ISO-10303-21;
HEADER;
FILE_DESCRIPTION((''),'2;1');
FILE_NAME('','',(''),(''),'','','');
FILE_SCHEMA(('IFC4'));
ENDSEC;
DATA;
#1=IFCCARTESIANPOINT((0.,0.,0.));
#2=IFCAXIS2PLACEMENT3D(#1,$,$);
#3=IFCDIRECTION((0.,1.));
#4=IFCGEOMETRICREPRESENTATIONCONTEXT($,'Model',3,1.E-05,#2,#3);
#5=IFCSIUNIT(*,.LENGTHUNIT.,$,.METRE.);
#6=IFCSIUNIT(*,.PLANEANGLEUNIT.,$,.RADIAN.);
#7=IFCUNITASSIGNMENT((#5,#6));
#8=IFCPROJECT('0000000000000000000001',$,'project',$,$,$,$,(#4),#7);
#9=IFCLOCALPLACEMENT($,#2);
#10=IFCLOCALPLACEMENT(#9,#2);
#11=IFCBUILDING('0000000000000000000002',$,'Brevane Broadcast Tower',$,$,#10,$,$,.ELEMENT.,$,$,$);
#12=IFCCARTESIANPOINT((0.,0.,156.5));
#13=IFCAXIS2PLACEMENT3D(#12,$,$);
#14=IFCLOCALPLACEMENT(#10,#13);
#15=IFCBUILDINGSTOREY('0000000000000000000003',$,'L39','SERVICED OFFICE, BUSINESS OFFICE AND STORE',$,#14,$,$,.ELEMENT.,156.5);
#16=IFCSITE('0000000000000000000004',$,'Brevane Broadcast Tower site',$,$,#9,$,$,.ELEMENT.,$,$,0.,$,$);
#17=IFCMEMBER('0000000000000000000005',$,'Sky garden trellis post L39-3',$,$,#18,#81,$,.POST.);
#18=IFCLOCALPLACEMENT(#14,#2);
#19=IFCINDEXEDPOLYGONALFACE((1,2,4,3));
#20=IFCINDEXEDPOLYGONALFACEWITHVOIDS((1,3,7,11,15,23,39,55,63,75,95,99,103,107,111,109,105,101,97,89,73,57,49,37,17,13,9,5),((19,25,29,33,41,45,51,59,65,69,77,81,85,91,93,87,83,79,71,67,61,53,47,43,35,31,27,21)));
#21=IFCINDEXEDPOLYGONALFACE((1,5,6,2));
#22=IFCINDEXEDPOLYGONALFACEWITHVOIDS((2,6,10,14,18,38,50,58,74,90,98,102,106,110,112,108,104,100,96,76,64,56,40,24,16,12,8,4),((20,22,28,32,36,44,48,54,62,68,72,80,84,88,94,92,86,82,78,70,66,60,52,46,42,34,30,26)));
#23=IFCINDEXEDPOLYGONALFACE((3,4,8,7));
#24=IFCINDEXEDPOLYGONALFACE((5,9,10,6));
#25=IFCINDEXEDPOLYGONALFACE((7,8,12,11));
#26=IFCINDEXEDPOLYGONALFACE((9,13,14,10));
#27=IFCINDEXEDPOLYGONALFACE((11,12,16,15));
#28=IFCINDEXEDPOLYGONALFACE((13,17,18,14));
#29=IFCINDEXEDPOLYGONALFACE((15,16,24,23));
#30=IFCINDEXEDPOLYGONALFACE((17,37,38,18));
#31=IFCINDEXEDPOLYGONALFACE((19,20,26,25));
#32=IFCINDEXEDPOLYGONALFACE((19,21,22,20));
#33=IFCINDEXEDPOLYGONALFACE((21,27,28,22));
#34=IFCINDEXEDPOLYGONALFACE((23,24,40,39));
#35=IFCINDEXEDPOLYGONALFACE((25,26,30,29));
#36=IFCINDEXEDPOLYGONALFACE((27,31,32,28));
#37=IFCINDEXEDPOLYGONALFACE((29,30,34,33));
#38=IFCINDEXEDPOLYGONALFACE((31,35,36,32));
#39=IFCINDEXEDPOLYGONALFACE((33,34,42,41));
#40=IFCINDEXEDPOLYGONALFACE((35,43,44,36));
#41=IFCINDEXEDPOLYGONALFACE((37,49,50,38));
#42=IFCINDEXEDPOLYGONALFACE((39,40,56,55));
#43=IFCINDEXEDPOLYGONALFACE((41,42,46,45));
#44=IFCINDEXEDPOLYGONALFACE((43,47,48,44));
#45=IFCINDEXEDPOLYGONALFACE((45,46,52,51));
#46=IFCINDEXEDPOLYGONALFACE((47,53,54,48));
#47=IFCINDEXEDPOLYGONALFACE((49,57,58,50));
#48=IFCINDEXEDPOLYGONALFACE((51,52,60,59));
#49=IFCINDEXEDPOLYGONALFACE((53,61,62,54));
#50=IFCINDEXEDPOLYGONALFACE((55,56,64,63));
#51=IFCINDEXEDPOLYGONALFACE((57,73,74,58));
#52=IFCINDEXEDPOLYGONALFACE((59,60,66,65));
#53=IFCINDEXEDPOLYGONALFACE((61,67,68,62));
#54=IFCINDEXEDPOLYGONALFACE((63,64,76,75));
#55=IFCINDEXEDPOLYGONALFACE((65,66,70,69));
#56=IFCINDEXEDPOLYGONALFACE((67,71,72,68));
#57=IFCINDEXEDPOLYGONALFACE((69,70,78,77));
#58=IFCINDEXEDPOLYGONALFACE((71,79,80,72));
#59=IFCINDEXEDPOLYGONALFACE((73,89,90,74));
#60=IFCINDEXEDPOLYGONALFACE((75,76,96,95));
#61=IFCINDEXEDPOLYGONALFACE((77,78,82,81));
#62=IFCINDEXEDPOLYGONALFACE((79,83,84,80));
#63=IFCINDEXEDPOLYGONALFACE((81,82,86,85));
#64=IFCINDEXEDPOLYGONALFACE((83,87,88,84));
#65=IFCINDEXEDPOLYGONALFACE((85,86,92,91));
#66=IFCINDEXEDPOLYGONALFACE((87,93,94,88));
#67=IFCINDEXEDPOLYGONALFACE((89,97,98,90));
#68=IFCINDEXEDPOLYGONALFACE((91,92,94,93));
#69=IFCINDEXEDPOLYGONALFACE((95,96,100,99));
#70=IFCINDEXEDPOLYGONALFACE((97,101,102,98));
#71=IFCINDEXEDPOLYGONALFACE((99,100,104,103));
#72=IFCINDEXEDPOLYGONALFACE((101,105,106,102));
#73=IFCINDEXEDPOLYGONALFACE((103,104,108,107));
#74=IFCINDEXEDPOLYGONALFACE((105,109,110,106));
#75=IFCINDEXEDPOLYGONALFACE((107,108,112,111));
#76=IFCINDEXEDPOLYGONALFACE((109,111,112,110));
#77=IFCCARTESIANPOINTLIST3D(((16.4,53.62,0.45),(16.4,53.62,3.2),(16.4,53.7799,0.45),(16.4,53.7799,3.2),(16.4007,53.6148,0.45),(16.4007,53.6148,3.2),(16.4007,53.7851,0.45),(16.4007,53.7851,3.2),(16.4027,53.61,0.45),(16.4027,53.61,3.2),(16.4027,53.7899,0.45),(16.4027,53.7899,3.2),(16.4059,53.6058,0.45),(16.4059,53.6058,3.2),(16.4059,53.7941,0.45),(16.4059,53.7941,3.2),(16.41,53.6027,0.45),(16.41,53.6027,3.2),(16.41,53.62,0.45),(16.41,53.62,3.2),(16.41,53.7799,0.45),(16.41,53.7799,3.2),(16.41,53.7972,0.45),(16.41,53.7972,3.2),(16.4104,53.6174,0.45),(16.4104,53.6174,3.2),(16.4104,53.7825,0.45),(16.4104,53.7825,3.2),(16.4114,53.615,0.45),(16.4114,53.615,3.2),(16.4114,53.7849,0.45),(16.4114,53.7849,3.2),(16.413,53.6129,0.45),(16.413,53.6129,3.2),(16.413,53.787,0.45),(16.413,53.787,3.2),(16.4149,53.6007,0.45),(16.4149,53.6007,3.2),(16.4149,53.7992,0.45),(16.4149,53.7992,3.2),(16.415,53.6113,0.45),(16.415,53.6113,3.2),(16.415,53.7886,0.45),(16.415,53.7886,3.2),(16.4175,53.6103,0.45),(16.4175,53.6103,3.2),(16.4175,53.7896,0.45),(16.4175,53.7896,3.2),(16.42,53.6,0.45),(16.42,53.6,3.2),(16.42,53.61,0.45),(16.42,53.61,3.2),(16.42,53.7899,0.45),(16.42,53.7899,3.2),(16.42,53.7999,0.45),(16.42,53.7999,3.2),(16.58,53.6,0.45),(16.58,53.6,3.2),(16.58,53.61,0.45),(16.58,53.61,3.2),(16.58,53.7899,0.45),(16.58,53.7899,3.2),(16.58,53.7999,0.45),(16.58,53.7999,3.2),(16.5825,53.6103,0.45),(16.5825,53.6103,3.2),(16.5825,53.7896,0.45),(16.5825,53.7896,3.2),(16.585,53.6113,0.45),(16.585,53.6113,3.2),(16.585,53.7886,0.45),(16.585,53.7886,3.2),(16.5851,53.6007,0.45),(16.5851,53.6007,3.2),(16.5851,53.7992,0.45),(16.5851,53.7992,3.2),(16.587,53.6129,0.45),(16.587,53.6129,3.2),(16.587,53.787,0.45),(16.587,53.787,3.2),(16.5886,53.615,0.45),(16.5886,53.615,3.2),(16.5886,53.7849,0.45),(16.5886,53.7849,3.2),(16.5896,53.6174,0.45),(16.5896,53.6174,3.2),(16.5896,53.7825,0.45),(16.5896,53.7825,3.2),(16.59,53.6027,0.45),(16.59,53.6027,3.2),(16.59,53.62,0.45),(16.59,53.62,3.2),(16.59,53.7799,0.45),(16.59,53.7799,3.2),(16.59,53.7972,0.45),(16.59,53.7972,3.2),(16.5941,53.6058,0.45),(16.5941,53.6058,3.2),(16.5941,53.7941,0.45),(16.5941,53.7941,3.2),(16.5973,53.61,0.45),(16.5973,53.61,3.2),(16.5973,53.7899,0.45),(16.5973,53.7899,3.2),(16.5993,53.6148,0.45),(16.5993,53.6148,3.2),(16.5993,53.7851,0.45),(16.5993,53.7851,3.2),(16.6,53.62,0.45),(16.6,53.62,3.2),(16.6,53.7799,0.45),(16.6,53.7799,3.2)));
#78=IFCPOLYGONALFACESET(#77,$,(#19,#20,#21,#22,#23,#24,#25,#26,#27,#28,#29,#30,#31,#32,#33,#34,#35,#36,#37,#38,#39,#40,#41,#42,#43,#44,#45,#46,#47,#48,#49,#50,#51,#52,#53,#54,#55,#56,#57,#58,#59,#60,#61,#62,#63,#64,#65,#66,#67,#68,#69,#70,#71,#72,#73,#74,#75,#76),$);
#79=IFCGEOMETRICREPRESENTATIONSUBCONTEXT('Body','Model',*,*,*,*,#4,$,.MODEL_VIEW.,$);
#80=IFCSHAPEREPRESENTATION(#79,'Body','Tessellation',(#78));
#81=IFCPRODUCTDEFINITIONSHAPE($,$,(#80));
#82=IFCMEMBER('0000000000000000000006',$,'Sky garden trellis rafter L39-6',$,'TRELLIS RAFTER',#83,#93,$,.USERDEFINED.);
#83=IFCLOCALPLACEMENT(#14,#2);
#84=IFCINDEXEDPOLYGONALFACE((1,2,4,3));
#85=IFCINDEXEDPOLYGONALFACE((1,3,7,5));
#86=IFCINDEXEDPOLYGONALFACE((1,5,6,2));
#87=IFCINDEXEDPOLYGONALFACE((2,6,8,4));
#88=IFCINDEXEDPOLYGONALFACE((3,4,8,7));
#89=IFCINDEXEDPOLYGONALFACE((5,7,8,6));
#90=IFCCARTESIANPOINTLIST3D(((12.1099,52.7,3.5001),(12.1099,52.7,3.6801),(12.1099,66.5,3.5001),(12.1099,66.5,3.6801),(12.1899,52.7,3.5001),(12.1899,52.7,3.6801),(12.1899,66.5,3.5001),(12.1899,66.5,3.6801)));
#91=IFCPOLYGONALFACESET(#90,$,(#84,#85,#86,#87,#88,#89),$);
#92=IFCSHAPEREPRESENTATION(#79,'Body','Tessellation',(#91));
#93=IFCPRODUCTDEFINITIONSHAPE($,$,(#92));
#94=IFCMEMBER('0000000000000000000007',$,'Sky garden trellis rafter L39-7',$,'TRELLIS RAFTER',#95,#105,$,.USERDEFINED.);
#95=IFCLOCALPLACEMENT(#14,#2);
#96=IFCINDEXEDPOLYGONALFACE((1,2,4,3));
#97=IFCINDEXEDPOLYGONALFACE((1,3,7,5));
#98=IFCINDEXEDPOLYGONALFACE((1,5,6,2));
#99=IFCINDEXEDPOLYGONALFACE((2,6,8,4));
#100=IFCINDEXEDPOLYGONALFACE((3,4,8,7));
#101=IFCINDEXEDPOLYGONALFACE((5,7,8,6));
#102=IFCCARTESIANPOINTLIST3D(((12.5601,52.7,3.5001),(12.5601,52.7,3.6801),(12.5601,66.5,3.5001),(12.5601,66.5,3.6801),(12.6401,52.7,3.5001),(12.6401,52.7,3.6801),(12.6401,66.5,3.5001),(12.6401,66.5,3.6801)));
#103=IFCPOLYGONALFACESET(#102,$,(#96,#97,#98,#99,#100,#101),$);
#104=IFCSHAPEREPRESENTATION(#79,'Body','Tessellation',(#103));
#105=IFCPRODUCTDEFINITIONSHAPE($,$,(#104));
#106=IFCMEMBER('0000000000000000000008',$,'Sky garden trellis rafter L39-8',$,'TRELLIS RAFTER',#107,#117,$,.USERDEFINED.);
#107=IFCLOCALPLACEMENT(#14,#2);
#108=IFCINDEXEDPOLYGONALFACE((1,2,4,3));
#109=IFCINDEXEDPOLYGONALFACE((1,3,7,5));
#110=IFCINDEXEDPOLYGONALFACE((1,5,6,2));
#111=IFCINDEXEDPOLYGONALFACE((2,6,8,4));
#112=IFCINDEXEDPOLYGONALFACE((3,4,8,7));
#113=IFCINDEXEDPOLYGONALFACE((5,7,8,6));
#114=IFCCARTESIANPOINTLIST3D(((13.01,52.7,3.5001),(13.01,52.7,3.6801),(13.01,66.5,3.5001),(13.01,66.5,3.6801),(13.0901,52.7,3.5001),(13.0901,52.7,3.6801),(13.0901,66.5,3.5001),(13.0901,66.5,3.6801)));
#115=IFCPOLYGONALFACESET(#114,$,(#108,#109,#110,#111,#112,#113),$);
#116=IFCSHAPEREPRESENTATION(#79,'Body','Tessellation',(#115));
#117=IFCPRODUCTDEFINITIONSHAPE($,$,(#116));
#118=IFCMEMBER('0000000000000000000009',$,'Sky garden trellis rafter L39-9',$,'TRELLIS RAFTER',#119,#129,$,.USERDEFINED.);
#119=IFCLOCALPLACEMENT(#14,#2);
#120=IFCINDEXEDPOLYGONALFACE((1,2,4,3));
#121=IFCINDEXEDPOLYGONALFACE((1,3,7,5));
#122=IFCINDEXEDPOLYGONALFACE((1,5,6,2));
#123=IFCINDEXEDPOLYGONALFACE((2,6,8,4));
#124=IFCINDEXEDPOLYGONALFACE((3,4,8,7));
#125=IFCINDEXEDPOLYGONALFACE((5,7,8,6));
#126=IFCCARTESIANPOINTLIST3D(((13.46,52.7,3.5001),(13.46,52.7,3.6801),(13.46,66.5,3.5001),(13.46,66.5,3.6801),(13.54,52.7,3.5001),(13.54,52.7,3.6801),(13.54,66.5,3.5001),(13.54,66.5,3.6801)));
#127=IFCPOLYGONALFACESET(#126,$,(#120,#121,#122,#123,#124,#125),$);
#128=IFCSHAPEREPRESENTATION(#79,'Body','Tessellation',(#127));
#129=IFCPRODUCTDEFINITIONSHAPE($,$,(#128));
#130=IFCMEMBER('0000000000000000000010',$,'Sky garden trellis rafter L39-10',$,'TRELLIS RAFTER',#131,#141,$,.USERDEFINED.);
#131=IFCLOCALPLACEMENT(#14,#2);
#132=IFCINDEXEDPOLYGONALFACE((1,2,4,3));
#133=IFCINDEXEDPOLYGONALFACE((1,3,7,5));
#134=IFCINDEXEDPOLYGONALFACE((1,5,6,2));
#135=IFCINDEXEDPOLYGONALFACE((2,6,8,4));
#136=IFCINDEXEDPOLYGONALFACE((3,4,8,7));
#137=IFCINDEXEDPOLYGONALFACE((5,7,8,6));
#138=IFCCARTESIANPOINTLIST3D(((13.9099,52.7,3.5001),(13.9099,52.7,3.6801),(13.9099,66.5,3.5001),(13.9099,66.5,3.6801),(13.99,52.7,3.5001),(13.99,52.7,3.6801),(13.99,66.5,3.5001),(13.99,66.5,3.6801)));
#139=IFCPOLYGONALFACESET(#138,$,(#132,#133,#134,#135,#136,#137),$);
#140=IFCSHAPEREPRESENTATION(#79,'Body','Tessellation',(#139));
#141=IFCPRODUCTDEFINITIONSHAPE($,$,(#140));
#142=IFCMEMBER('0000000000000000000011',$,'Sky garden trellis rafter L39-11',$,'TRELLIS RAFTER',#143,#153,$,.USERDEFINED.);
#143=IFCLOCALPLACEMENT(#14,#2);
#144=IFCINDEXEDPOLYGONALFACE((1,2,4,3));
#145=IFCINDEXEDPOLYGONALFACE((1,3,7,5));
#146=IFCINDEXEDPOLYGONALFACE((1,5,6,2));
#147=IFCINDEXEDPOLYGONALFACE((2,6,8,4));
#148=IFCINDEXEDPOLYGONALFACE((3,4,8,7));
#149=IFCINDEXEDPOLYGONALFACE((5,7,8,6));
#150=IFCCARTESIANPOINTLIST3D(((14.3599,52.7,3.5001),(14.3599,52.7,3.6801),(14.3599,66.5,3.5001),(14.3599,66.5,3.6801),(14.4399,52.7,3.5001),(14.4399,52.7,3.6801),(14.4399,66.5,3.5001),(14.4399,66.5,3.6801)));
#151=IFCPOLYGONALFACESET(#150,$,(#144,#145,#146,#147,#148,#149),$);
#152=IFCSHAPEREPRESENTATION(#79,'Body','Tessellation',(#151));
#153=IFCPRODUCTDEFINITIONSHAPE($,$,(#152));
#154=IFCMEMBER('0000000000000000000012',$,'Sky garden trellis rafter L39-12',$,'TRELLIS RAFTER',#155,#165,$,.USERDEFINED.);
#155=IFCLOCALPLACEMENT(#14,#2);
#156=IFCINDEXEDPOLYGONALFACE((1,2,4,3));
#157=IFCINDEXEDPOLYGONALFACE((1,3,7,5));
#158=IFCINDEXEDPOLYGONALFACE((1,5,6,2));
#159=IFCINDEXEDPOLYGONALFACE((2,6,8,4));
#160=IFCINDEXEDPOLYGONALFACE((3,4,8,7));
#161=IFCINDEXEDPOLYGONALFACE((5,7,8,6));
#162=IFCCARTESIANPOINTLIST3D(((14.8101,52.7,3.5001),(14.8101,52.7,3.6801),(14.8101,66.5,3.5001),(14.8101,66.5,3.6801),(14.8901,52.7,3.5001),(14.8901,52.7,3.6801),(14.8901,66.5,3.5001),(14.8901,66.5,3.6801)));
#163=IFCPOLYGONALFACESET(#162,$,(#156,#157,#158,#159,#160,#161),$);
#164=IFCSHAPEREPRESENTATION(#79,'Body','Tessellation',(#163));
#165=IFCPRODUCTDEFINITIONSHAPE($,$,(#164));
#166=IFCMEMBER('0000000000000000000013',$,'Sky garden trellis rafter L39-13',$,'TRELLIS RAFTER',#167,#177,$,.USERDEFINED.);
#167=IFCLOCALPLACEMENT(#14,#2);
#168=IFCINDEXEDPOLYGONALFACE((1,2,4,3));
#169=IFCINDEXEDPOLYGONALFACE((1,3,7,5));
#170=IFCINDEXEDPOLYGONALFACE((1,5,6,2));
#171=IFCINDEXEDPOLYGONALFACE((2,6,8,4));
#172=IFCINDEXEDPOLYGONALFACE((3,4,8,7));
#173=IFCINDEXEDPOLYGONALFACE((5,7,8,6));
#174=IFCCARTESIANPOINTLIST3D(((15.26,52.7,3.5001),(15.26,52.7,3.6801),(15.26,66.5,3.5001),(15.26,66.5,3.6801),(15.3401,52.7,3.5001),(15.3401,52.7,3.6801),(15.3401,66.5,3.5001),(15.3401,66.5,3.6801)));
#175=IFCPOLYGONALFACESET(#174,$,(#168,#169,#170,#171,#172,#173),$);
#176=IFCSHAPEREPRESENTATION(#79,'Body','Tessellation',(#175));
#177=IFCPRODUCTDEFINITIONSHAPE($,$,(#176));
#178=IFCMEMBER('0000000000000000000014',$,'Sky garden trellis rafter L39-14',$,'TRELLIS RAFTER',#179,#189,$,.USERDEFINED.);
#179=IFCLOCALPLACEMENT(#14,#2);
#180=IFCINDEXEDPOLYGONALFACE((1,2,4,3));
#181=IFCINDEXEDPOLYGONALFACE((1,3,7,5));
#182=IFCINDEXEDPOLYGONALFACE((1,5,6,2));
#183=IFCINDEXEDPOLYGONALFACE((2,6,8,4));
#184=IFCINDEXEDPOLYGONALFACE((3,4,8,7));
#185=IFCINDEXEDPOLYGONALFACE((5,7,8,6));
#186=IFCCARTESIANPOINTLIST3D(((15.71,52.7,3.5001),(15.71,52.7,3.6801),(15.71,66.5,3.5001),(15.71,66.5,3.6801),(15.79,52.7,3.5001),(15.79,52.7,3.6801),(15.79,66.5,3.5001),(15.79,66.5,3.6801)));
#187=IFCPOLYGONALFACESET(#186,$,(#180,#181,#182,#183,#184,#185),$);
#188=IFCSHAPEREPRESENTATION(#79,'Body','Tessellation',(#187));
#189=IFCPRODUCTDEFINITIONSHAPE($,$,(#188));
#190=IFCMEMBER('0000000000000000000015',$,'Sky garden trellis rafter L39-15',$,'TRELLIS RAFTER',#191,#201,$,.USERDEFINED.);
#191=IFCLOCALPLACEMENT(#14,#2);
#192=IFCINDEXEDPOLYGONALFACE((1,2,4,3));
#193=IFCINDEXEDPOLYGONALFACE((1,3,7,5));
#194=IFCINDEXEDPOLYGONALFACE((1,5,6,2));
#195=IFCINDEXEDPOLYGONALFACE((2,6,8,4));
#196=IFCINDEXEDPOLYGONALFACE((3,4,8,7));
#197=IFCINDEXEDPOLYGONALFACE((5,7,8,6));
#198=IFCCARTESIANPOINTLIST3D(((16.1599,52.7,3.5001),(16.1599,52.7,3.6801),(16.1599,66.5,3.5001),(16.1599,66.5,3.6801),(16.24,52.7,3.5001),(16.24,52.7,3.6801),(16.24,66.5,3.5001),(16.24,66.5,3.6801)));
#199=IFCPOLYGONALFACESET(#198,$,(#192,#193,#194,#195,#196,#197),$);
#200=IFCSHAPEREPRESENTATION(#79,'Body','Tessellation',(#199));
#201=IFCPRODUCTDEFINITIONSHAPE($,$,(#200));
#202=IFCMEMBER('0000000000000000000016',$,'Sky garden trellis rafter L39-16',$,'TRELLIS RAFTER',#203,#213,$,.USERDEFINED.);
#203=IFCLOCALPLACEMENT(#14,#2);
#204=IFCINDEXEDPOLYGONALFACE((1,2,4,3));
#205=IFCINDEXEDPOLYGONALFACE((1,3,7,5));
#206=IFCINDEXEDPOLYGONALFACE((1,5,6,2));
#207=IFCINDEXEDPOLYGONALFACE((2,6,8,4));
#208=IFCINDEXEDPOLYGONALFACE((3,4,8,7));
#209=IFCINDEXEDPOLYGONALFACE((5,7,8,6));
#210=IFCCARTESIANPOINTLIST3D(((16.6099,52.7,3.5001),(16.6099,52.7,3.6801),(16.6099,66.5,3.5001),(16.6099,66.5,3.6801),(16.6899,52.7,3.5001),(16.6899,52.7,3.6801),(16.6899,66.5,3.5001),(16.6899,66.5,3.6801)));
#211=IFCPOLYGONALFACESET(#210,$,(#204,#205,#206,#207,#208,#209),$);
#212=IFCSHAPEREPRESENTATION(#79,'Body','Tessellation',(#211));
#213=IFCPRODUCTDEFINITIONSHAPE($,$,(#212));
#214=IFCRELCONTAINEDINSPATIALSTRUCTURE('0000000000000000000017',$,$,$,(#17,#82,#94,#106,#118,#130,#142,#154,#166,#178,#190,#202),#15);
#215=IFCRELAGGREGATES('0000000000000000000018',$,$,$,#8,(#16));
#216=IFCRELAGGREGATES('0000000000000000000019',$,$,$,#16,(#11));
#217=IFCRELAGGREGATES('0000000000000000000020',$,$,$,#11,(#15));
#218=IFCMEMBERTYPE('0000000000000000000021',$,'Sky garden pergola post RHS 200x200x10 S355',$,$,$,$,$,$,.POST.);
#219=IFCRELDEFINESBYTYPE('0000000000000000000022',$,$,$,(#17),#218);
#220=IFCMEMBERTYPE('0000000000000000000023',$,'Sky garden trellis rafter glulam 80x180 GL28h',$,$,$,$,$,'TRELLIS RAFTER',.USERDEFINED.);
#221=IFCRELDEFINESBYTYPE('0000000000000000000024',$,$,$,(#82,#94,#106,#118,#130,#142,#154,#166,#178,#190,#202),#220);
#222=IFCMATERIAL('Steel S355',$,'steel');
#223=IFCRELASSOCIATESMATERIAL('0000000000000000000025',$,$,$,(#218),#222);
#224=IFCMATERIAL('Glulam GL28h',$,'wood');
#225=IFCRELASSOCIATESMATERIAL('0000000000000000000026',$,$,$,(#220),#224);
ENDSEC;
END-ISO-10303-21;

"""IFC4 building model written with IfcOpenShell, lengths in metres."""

from ifc_helpers import new_model, si_unit, direction, frame, origin, origin_2d, place, context, subcontext, project, spatial, rectangle, hollow_rectangle, extrude, material, material_profile, profile_set, type_object, element, save


model = new_model("IFC4")

# Units and contexts
model_context = context("Model", 3, precision=1e-05, world=origin(), true_north=direction((0.0, 1.0)))
body_context = subcontext(model_context, "Body", "Model", "MODEL_VIEW")
ifc_project = project(units=[si_unit("LENGTHUNIT", "METRE"), si_unit("PLANEANGLEUNIT", "RADIAN")], contexts=[model_context])

# Site, building, storey
site_placement = place(None, origin())
site = spatial("IfcSite", under=ifc_project, at=site_placement, Name="Brevane Broadcast Tower site", CompositionType="ELEMENT", RefElevation=0.0)
building_placement = place(site_placement, origin())
building = spatial("IfcBuilding", under=site, at=building_placement, Name="Brevane Broadcast Tower", CompositionType="ELEMENT")
storey_placement = place(building_placement, frame((0.0, 0.0, 156.5)))
storey = spatial("IfcBuildingStorey", under=building, at=storey_placement, Name="L39", Description="SERVICED OFFICE, BUSINESS OFFICE AND STORE", CompositionType="ELEMENT", Elevation=156.5)

# Members
ifc_material_1 = material(Name="Steel S355", Category="steel")
ifc_material_profile_1 = material_profile(ifc_material_1, hollow_rectangle(XDim=0.2, YDim=0.2, WallThickness=0.01, InnerFilletRadius=0.01, OuterFilletRadius=0.02, at=origin_2d()), Name="RHS 200x200x10")
ifc_profile_set_1 = profile_set([ifc_material_profile_1], Name="Steel S355")
member_type_1 = type_object("IfcMemberType", Name="Sky garden pergola post RHS 200x200x10 S355", PredefinedType="POST", material=ifc_profile_set_1)
for number, where, z_axis, x_axis, name in (
    (1, (16.5, 53.7, 0.45), (0.0, 0.0, 1.0), (1.0, 0.0, 0.0), "Sky garden trellis post L39-3"),
):
    element("IfcMember", number, at=place(storey_placement, frame(where, z_axis=z_axis, x_axis=x_axis)), inside=storey, type_object=member_type_1, Name=name, PredefinedType="POST", context=body_context, shape_type="SweptSolid", body=[
        extrude(hollow_rectangle(XDim=0.2, YDim=0.2, WallThickness=0.01, InnerFilletRadius=0.01, OuterFilletRadius=0.02, at=origin_2d()), origin(), (0.0, 0.0, 1.0), 2.75),
    ])
ifc_material_2 = material(Name="Glulam GL28h", Category="wood")
ifc_material_profile_2 = material_profile(ifc_material_2, rectangle(XDim=0.0801, YDim=0.1799, at=origin_2d()), Name="RECT 80x180")
ifc_profile_set_2 = profile_set([ifc_material_profile_2], Name="Glulam GL28h")
member_type_2 = type_object("IfcMemberType", Name="Sky garden trellis rafter glulam 80x180 GL28h", ElementType="TRELLIS RAFTER", PredefinedType="USERDEFINED", material=ifc_profile_set_2)
for number, where, z_axis, x_axis, name in (
    (2, (12.1499, 52.7, 3.5901), (0.0, 1.0, 0.0), (-1.0, 0.0, 0.0), "Sky garden trellis rafter L39-6"),
    (3, (12.6001, 52.7, 3.5901), (0.0, 1.0, 0.0), (-1.0, 0.0, 0.0), "Sky garden trellis rafter L39-7"),
    (4, (13.05, 52.7, 3.5901), (0.0, 1.0, 0.0), (-1.0, 0.0, 0.0), "Sky garden trellis rafter L39-8"),
    (5, (13.5, 52.7, 3.5901), (0.0, 1.0, 0.0), (-1.0, 0.0, 0.0), "Sky garden trellis rafter L39-9"),
    (6, (13.95, 52.7, 3.5901), (0.0, 1.0, 0.0), (-1.0, 0.0, 0.0), "Sky garden trellis rafter L39-10"),
    (7, (14.3999, 52.7, 3.5901), (0.0, 1.0, 0.0), (-1.0, 0.0, 0.0), "Sky garden trellis rafter L39-11"),
    (8, (14.8501, 52.7, 3.5901), (0.0, 1.0, 0.0), (-1.0, 0.0, 0.0), "Sky garden trellis rafter L39-12"),
    (9, (15.3, 52.7, 3.5901), (0.0, 1.0, 0.0), (-1.0, 0.0, 0.0), "Sky garden trellis rafter L39-13"),
    (10, (15.75, 52.7, 3.5901), (0.0, 1.0, 0.0), (-1.0, 0.0, 0.0), "Sky garden trellis rafter L39-14"),
    (11, (16.2, 52.7, 3.5901), (0.0, 1.0, 0.0), (-1.0, 0.0, 0.0), "Sky garden trellis rafter L39-15"),
    (12, (16.6499, 52.7, 3.5901), (0.0, 1.0, 0.0), (-1.0, 0.0, 0.0), "Sky garden trellis rafter L39-16"),
):
    element("IfcMember", number, at=place(storey_placement, frame(where, z_axis=z_axis, x_axis=x_axis)), inside=storey, type_object=member_type_2, Name=name, ObjectType="TRELLIS RAFTER", PredefinedType="USERDEFINED", context=body_context, shape_type="SweptSolid", body=[
        extrude(rectangle(XDim=0.0801, YDim=0.1799, at=origin_2d()), origin(), (0.0, 0.0, 1.0), 13.8),
    ])

save(model, "model.ifc")
